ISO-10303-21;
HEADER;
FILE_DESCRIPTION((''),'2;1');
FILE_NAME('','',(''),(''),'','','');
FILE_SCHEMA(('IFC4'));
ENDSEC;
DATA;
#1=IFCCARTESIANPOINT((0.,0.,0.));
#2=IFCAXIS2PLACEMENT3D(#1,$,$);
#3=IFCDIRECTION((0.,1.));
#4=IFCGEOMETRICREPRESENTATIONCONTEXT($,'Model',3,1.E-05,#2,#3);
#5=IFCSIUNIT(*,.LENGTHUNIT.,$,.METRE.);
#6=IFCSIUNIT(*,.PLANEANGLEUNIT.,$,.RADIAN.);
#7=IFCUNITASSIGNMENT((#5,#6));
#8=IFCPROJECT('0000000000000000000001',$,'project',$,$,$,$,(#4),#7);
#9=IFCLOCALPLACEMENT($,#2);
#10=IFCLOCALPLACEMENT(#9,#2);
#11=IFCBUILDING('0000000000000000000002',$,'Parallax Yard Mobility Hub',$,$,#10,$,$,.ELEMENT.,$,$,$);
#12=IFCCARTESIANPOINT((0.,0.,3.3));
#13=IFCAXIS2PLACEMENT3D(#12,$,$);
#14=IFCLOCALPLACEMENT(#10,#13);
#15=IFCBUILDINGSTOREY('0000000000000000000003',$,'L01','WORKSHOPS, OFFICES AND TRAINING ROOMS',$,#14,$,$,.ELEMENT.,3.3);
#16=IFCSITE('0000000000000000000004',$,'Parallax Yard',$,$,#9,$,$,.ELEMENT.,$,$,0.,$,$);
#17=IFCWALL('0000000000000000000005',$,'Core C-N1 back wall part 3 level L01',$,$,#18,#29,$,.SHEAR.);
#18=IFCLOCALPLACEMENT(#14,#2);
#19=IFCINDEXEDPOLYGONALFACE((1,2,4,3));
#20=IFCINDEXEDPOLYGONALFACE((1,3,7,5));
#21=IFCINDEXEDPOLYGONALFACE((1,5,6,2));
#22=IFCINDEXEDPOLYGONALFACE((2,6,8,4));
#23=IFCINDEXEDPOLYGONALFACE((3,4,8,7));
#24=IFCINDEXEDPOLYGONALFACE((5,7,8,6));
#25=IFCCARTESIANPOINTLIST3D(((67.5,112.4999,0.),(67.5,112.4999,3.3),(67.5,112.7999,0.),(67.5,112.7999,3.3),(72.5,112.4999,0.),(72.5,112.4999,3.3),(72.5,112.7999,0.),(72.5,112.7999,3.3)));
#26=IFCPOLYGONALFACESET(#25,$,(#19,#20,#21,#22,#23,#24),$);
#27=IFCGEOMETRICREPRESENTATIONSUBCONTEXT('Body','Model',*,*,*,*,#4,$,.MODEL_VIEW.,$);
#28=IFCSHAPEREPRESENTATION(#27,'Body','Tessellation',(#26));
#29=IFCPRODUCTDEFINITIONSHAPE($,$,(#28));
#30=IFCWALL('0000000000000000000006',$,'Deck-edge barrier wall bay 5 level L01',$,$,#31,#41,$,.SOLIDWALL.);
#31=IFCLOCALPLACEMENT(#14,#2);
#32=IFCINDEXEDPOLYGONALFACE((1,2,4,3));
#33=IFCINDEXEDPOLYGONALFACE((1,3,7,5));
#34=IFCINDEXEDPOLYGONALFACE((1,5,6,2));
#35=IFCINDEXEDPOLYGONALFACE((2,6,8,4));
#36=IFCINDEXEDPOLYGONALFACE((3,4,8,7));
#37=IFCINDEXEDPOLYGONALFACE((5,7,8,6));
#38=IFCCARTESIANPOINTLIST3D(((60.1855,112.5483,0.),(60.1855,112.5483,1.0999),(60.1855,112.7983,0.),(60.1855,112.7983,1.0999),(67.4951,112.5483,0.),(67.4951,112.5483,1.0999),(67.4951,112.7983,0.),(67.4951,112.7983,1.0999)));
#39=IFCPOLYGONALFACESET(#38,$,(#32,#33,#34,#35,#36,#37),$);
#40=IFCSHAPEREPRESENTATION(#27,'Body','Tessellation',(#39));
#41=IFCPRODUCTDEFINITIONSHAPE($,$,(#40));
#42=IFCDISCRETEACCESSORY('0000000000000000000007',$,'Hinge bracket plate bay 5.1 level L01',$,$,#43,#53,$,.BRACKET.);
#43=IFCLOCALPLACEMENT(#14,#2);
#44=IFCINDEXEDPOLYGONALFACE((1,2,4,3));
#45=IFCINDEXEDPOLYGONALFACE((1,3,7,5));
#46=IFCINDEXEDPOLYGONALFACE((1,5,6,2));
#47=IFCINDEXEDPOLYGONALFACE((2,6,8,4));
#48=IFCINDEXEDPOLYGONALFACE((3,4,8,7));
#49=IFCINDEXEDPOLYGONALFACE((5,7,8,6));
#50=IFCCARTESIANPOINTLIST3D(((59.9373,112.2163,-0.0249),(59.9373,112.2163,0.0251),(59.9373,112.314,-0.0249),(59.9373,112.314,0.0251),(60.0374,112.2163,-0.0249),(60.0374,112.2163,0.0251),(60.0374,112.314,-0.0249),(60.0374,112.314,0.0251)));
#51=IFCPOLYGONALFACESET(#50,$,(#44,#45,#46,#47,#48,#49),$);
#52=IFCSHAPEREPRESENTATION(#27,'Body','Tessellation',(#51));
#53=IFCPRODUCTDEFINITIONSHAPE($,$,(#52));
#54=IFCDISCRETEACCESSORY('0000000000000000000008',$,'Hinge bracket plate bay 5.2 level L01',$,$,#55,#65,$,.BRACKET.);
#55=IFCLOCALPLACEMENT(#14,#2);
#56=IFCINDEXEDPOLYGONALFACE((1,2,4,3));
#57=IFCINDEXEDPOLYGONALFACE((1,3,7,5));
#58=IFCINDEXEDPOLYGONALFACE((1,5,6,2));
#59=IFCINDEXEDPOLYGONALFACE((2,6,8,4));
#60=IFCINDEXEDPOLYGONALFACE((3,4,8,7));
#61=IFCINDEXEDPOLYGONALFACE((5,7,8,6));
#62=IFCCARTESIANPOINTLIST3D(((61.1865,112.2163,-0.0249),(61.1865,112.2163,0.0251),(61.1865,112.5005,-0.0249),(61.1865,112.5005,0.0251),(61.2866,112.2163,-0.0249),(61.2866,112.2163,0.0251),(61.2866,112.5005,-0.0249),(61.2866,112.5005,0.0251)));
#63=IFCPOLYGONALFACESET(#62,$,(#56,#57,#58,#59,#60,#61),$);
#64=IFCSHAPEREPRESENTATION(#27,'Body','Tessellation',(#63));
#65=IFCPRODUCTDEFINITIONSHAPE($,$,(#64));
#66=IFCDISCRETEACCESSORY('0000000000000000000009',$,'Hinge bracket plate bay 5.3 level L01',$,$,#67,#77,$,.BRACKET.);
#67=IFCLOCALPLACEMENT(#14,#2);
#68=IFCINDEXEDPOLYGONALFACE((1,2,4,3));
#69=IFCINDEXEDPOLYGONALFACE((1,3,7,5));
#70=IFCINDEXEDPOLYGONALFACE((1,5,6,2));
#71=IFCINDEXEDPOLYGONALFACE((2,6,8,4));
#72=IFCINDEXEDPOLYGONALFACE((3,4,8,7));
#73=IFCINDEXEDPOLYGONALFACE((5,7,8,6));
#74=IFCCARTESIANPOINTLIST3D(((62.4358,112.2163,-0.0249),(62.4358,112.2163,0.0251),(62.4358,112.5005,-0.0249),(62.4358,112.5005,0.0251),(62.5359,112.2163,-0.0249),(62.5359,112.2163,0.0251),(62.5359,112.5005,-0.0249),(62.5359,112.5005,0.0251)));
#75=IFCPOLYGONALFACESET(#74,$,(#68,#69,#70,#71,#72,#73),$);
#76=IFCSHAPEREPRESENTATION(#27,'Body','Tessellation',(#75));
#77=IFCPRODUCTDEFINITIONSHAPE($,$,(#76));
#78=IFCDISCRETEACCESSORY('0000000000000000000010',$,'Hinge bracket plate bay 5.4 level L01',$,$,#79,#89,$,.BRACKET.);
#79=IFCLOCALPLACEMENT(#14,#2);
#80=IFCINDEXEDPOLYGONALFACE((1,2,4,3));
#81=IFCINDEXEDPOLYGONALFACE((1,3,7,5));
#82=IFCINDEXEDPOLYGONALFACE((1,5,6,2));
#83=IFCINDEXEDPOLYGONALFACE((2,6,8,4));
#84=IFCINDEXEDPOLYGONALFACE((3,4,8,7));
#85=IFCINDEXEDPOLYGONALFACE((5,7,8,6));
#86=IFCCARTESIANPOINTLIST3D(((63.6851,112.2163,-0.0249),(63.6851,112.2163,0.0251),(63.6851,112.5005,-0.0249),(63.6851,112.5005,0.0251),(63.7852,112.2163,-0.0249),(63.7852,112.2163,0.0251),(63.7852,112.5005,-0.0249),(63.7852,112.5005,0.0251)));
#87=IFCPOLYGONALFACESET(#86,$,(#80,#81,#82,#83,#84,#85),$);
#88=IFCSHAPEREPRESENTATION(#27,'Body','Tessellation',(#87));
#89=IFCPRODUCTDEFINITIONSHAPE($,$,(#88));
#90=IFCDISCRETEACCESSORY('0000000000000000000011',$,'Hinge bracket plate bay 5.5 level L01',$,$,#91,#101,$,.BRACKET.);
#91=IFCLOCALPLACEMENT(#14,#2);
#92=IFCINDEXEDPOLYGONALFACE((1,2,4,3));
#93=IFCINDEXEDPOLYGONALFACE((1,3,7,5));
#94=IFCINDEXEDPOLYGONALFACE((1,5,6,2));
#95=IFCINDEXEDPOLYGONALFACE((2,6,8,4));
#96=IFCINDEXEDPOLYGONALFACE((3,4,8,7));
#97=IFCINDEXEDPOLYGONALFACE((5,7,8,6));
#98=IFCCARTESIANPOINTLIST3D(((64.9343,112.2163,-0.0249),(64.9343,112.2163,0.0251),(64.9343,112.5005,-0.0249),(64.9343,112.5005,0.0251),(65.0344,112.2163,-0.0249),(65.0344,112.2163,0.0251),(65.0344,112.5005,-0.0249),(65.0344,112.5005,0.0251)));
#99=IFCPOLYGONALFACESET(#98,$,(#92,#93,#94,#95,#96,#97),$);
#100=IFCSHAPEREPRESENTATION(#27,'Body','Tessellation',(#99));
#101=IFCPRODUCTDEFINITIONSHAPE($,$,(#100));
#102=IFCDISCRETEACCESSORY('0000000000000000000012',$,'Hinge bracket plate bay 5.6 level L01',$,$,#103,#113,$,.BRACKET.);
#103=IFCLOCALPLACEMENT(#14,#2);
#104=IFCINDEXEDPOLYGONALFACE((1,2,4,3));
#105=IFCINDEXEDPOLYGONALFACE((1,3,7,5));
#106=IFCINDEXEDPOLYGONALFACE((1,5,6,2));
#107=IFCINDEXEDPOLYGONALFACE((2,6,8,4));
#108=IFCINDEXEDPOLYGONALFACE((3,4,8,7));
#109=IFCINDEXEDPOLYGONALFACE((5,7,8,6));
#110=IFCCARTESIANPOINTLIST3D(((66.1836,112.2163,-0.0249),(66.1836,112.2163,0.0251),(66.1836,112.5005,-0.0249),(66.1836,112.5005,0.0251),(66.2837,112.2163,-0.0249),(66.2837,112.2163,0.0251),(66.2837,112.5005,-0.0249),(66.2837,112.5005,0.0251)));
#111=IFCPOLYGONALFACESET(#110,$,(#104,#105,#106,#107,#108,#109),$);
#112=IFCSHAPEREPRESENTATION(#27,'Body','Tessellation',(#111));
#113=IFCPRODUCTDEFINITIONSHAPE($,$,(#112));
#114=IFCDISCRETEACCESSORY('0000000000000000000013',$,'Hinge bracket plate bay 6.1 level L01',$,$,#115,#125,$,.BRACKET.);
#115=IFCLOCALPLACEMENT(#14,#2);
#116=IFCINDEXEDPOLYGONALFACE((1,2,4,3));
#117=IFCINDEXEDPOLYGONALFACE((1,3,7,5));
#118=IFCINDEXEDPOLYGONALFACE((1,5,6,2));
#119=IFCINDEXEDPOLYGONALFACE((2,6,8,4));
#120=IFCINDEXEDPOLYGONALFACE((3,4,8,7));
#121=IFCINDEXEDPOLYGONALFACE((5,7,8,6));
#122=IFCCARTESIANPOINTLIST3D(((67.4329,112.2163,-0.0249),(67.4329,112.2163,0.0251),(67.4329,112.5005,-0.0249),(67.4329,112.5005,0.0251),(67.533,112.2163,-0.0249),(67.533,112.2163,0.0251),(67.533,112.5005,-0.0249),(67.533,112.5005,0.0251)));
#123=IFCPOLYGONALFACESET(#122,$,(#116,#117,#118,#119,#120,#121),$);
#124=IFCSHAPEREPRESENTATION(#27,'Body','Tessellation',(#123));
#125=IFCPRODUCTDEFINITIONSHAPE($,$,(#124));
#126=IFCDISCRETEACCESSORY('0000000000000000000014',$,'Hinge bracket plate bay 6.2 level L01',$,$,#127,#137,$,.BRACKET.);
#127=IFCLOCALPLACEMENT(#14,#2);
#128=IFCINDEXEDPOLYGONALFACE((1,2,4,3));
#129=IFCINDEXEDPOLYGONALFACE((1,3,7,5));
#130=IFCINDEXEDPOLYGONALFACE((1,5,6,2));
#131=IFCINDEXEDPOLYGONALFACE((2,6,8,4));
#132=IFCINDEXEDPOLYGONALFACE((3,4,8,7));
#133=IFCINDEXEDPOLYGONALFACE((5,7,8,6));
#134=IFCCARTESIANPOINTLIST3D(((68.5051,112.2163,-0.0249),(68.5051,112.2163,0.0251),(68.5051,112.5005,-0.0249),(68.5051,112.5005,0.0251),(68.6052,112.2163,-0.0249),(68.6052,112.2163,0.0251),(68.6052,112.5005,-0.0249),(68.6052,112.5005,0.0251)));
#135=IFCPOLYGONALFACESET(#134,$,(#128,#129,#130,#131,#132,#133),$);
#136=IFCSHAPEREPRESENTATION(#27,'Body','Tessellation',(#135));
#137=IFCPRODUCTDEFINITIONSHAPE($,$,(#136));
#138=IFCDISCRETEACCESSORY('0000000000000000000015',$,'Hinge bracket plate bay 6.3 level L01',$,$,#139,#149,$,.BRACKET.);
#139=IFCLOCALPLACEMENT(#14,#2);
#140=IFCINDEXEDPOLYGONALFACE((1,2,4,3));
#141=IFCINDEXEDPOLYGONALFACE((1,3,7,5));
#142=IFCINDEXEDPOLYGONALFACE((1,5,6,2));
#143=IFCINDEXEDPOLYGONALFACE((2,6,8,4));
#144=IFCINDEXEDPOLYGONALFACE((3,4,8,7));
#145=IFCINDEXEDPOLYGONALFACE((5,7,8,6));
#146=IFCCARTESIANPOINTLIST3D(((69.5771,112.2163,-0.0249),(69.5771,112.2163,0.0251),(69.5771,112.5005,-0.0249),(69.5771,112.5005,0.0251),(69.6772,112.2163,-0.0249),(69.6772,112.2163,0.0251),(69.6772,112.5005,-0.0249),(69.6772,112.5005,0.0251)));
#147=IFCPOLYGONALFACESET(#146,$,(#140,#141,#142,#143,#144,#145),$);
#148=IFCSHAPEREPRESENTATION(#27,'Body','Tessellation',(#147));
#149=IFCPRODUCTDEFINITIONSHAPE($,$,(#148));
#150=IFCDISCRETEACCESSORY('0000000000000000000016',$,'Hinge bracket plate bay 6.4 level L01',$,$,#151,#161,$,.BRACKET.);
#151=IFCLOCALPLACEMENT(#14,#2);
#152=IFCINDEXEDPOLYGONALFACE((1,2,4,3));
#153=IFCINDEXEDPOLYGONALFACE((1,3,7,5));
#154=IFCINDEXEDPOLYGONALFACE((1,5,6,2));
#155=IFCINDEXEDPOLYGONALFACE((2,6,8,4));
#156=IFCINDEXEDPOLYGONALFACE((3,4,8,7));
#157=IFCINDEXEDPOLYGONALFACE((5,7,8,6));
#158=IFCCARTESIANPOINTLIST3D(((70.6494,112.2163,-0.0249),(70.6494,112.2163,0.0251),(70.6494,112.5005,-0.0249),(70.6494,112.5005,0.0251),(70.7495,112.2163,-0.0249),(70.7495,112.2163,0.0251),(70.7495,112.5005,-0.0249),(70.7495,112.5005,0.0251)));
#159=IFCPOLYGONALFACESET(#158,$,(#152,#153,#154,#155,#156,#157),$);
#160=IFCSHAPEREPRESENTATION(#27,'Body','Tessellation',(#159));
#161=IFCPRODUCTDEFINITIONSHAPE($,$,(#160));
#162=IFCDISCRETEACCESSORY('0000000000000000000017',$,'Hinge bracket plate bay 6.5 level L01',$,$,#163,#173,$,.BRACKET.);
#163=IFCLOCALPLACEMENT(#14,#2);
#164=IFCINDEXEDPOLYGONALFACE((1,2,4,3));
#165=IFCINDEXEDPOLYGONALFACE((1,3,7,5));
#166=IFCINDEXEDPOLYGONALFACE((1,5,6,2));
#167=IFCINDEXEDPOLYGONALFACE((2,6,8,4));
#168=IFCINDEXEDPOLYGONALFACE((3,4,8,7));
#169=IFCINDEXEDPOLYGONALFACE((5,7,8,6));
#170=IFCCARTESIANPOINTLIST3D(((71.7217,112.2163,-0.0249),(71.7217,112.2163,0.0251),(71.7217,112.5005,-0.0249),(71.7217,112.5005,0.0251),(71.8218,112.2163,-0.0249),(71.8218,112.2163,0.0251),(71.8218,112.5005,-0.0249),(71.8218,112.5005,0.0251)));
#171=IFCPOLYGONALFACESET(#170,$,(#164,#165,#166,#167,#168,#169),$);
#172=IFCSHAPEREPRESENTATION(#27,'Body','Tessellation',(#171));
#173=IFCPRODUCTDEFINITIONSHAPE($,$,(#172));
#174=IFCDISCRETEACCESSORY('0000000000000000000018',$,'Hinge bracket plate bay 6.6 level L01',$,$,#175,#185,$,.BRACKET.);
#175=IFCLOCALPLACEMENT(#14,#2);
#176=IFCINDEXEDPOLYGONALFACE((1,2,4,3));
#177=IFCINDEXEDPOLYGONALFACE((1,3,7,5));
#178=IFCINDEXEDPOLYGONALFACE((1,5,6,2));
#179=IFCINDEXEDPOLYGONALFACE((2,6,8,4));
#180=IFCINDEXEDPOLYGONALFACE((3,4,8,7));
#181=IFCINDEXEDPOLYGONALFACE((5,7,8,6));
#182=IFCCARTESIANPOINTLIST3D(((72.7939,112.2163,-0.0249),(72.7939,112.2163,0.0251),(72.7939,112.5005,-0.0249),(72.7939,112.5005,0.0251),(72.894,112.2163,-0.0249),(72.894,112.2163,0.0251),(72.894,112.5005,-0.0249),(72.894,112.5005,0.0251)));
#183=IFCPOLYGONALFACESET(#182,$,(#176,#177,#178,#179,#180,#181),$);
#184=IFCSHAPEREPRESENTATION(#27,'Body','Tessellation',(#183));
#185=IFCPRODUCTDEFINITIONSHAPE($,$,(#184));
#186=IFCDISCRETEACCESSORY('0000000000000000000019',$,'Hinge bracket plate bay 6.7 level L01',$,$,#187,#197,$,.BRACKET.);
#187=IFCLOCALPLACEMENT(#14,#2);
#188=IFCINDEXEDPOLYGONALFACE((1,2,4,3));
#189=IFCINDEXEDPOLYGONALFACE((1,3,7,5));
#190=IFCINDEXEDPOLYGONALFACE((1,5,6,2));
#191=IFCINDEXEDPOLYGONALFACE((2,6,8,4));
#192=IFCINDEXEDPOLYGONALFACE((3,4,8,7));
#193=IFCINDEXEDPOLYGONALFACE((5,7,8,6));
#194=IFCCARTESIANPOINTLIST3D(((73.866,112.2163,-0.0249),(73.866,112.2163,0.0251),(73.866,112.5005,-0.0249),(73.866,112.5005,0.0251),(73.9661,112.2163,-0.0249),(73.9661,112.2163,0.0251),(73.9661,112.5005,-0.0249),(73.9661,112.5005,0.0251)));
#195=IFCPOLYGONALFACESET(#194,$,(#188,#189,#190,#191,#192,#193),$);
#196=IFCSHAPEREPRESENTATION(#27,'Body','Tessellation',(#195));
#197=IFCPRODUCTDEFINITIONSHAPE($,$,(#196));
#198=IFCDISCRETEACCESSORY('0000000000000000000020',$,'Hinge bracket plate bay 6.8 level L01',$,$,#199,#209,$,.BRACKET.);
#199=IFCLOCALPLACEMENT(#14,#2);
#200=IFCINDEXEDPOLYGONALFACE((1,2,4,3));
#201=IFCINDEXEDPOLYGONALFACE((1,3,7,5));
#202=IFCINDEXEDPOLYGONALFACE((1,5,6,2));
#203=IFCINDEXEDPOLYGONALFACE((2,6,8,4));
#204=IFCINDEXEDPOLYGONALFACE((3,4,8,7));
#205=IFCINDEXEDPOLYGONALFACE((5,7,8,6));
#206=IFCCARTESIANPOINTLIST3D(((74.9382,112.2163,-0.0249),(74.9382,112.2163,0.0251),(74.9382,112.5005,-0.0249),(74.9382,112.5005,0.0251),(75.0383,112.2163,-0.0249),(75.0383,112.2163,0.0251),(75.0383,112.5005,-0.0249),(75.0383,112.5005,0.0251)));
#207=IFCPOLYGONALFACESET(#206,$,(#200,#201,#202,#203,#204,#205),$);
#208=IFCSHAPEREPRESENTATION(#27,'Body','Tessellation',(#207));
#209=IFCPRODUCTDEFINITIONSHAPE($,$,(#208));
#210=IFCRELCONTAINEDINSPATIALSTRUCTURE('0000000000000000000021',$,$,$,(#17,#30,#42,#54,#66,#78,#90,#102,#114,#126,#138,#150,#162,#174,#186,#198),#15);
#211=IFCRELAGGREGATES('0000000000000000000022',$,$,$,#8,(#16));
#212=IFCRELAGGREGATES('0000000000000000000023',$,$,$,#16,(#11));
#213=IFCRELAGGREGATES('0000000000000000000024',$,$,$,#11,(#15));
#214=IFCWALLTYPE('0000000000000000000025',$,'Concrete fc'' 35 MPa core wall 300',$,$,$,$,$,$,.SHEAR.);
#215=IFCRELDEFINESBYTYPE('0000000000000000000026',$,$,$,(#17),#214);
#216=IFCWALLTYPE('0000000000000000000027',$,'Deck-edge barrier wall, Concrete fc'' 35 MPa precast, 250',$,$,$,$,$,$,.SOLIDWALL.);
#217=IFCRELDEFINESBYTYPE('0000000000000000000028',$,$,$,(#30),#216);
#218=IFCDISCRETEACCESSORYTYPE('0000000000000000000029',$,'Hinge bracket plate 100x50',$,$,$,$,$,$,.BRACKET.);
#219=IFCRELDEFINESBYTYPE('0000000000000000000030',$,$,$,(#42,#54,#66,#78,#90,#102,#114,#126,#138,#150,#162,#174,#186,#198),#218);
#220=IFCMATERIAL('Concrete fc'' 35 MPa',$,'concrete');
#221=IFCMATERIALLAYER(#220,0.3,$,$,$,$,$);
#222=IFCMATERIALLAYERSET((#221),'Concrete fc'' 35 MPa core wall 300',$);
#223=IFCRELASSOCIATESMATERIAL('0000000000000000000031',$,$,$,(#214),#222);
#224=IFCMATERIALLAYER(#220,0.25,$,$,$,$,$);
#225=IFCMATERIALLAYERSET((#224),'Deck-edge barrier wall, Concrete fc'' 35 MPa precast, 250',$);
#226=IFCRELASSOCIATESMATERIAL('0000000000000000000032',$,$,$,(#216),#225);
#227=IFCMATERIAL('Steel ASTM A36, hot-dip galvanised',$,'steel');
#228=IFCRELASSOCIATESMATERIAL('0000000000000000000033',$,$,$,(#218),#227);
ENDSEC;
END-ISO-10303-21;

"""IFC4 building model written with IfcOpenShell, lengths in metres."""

from ifc_helpers import new_model, si_unit, direction, frame, frame_2d, origin, origin_2d, place, context, subcontext, project, spatial, rectangle, extrude, material, layer, layer_set, type_object, element, save


model = new_model("IFC4")

# Units and contexts
model_context = context("Model", 3, precision=1e-05, world=origin(), true_north=direction((0.0, 1.0)))
body_context = subcontext(model_context, "Body", "Model", "MODEL_VIEW")
ifc_project = project(units=[si_unit("LENGTHUNIT", "METRE"), si_unit("PLANEANGLEUNIT", "RADIAN")], contexts=[model_context])

# Site, building, storey
site_placement = place(None, origin())
site = spatial("IfcSite", under=ifc_project, at=site_placement, Name="Parallax Yard", CompositionType="ELEMENT", RefElevation=0.0)
building_placement = place(site_placement, origin())
building = spatial("IfcBuilding", under=site, at=building_placement, Name="Parallax Yard Mobility Hub", CompositionType="ELEMENT")
storey_placement = place(building_placement, frame((0.0, 0.0, 3.3)))
storey = spatial("IfcBuildingStorey", under=building, at=storey_placement, Name="L01", Description="WORKSHOPS, OFFICES AND TRAINING ROOMS", CompositionType="ELEMENT", Elevation=3.3)

# Walls
ifc_material_1 = material(Name="Concrete fc' 35 MPa", Category="concrete")
ifc_layer_1 = layer(ifc_material_1, 0.3)
ifc_layer_set_1 = layer_set([ifc_layer_1], Name="Concrete fc' 35 MPa core wall 300")
wall_type_1 = type_object("IfcWallType", Name="Concrete fc' 35 MPa core wall 300", PredefinedType="SHEAR", material=ifc_layer_set_1)
wall_1_placement = place(storey_placement, frame((72.5, 112.6499, 0.0), z_axis=(0.0, 0.0, 1.0), x_axis=(-1.0, 0.0, 0.0)))
element("IfcWall", 1, at=wall_1_placement, inside=storey, type_object=wall_type_1, Name="Core C-N1 back wall part 3 level L01", PredefinedType="SHEAR", context=body_context, shape_type="SweptSolid", body=[
    extrude(rectangle(XDim=5.0, YDim=0.3, at=frame_2d((2.5, 0.0))), origin(), (0.0, 0.0, 1.0), 3.3),
])
ifc_layer_2 = layer(ifc_material_1, 0.25)
ifc_layer_set_2 = layer_set([ifc_layer_2], Name="Deck-edge barrier wall, Concrete fc' 35 MPa precast, 250")
wall_type_2 = type_object("IfcWallType", Name="Deck-edge barrier wall, Concrete fc' 35 MPa precast, 250", PredefinedType="SOLIDWALL", material=ifc_layer_set_2)
wall_2_placement = place(storey_placement, frame((60.1855, 112.6733, 0.0), z_axis=(0.0, 0.0, 1.0), x_axis=(1.0, 0.0, 0.0)))
element("IfcWall", 2, at=wall_2_placement, inside=storey, type_object=wall_type_2, Name="Deck-edge barrier wall bay 5 level L01", PredefinedType="SOLIDWALL", context=body_context, shape_type="SweptSolid", body=[
    extrude(rectangle(XDim=7.3096, YDim=0.25, at=frame_2d((3.6548, 0.0))), origin(), (0.0, 0.0, 1.0), 1.0999),
])

# Discrete accessories
ifc_material_2 = material(Name="Steel ASTM A36, hot-dip galvanised", Category="steel")
discrete_accessory_type_1 = type_object("IfcDiscreteAccessoryType", Name="Hinge bracket plate 100x50", PredefinedType="BRACKET", material=ifc_material_2)
discrete_accessory_placement = place(storey_placement, frame((59.9873, 112.2651, -0.0249), z_axis=(0.0, 0.0, 1.0), x_axis=(0.0, -1.0, 0.0)))
element("IfcDiscreteAccessory", 3, at=discrete_accessory_placement, inside=storey, type_object=discrete_accessory_type_1, Name="Hinge bracket plate bay 5.1 level L01", PredefinedType="BRACKET", context=body_context, shape_type="SweptSolid", body=[
    extrude(rectangle(XDim=0.0977, YDim=0.1001, at=origin_2d()), origin(), (0.0, 0.0, 1.0), 0.05),
])
for number, where, z_axis, x_axis, name in (
    (4, (61.2366, 112.3584, -0.0249), (0.0, 0.0, 1.0), (0.0, -1.0, 0.0), "Hinge bracket plate bay 5.2 level L01"),
    (5, (62.4858, 112.3584, -0.0249), (0.0, 0.0, 1.0), (0.0, -1.0, 0.0), "Hinge bracket plate bay 5.3 level L01"),
    (6, (63.7351, 112.3584, -0.0249), (0.0, 0.0, 1.0), (0.0, -1.0, 0.0), "Hinge bracket plate bay 5.4 level L01"),
    (7, (64.9844, 112.3584, -0.0249), (0.0, 0.0, 1.0), (0.0, -1.0, 0.0), "Hinge bracket plate bay 5.5 level L01"),
    (8, (66.2336, 112.3584, -0.0249), (0.0, 0.0, 1.0), (0.0, -1.0, 0.0), "Hinge bracket plate bay 5.6 level L01"),
    (9, (67.4829, 112.3584, -0.0249), (0.0, 0.0, 1.0), (0.0, -1.0, 0.0), "Hinge bracket plate bay 6.1 level L01"),
    (10, (68.5552, 112.3584, -0.0249), (0.0, 0.0, 1.0), (0.0, -1.0, 0.0), "Hinge bracket plate bay 6.2 level L01"),
    (11, (69.6272, 112.3584, -0.0249), (0.0, 0.0, 1.0), (0.0, -1.0, 0.0), "Hinge bracket plate bay 6.3 level L01"),
    (12, (70.6995, 112.3584, -0.0249), (0.0, 0.0, 1.0), (0.0, -1.0, 0.0), "Hinge bracket plate bay 6.4 level L01"),
    (13, (71.7717, 112.3584, -0.0249), (0.0, 0.0, 1.0), (0.0, -1.0, 0.0), "Hinge bracket plate bay 6.5 level L01"),
    (14, (72.844, 112.3584, -0.0249), (0.0, 0.0, 1.0), (0.0, -1.0, 0.0), "Hinge bracket plate bay 6.6 level L01"),
    (15, (73.916, 112.3584, -0.0249), (0.0, 0.0, 1.0), (0.0, -1.0, 0.0), "Hinge bracket plate bay 6.7 level L01"),
    (16, (74.9883, 112.3584, -0.0249), (0.0, 0.0, 1.0), (0.0, -1.0, 0.0), "Hinge bracket plate bay 6.8 level L01"),
):
    element("IfcDiscreteAccessory", number, at=place(storey_placement, frame(where, z_axis=z_axis, x_axis=x_axis)), inside=storey, type_object=discrete_accessory_type_1, Name=name, PredefinedType="BRACKET", context=body_context, shape_type="SweptSolid", body=[
        extrude(rectangle(XDim=0.2842, YDim=0.1001, at=origin_2d()), origin(), (0.0, 0.0, 1.0), 0.05),
    ])

save(model, "model.ifc")
